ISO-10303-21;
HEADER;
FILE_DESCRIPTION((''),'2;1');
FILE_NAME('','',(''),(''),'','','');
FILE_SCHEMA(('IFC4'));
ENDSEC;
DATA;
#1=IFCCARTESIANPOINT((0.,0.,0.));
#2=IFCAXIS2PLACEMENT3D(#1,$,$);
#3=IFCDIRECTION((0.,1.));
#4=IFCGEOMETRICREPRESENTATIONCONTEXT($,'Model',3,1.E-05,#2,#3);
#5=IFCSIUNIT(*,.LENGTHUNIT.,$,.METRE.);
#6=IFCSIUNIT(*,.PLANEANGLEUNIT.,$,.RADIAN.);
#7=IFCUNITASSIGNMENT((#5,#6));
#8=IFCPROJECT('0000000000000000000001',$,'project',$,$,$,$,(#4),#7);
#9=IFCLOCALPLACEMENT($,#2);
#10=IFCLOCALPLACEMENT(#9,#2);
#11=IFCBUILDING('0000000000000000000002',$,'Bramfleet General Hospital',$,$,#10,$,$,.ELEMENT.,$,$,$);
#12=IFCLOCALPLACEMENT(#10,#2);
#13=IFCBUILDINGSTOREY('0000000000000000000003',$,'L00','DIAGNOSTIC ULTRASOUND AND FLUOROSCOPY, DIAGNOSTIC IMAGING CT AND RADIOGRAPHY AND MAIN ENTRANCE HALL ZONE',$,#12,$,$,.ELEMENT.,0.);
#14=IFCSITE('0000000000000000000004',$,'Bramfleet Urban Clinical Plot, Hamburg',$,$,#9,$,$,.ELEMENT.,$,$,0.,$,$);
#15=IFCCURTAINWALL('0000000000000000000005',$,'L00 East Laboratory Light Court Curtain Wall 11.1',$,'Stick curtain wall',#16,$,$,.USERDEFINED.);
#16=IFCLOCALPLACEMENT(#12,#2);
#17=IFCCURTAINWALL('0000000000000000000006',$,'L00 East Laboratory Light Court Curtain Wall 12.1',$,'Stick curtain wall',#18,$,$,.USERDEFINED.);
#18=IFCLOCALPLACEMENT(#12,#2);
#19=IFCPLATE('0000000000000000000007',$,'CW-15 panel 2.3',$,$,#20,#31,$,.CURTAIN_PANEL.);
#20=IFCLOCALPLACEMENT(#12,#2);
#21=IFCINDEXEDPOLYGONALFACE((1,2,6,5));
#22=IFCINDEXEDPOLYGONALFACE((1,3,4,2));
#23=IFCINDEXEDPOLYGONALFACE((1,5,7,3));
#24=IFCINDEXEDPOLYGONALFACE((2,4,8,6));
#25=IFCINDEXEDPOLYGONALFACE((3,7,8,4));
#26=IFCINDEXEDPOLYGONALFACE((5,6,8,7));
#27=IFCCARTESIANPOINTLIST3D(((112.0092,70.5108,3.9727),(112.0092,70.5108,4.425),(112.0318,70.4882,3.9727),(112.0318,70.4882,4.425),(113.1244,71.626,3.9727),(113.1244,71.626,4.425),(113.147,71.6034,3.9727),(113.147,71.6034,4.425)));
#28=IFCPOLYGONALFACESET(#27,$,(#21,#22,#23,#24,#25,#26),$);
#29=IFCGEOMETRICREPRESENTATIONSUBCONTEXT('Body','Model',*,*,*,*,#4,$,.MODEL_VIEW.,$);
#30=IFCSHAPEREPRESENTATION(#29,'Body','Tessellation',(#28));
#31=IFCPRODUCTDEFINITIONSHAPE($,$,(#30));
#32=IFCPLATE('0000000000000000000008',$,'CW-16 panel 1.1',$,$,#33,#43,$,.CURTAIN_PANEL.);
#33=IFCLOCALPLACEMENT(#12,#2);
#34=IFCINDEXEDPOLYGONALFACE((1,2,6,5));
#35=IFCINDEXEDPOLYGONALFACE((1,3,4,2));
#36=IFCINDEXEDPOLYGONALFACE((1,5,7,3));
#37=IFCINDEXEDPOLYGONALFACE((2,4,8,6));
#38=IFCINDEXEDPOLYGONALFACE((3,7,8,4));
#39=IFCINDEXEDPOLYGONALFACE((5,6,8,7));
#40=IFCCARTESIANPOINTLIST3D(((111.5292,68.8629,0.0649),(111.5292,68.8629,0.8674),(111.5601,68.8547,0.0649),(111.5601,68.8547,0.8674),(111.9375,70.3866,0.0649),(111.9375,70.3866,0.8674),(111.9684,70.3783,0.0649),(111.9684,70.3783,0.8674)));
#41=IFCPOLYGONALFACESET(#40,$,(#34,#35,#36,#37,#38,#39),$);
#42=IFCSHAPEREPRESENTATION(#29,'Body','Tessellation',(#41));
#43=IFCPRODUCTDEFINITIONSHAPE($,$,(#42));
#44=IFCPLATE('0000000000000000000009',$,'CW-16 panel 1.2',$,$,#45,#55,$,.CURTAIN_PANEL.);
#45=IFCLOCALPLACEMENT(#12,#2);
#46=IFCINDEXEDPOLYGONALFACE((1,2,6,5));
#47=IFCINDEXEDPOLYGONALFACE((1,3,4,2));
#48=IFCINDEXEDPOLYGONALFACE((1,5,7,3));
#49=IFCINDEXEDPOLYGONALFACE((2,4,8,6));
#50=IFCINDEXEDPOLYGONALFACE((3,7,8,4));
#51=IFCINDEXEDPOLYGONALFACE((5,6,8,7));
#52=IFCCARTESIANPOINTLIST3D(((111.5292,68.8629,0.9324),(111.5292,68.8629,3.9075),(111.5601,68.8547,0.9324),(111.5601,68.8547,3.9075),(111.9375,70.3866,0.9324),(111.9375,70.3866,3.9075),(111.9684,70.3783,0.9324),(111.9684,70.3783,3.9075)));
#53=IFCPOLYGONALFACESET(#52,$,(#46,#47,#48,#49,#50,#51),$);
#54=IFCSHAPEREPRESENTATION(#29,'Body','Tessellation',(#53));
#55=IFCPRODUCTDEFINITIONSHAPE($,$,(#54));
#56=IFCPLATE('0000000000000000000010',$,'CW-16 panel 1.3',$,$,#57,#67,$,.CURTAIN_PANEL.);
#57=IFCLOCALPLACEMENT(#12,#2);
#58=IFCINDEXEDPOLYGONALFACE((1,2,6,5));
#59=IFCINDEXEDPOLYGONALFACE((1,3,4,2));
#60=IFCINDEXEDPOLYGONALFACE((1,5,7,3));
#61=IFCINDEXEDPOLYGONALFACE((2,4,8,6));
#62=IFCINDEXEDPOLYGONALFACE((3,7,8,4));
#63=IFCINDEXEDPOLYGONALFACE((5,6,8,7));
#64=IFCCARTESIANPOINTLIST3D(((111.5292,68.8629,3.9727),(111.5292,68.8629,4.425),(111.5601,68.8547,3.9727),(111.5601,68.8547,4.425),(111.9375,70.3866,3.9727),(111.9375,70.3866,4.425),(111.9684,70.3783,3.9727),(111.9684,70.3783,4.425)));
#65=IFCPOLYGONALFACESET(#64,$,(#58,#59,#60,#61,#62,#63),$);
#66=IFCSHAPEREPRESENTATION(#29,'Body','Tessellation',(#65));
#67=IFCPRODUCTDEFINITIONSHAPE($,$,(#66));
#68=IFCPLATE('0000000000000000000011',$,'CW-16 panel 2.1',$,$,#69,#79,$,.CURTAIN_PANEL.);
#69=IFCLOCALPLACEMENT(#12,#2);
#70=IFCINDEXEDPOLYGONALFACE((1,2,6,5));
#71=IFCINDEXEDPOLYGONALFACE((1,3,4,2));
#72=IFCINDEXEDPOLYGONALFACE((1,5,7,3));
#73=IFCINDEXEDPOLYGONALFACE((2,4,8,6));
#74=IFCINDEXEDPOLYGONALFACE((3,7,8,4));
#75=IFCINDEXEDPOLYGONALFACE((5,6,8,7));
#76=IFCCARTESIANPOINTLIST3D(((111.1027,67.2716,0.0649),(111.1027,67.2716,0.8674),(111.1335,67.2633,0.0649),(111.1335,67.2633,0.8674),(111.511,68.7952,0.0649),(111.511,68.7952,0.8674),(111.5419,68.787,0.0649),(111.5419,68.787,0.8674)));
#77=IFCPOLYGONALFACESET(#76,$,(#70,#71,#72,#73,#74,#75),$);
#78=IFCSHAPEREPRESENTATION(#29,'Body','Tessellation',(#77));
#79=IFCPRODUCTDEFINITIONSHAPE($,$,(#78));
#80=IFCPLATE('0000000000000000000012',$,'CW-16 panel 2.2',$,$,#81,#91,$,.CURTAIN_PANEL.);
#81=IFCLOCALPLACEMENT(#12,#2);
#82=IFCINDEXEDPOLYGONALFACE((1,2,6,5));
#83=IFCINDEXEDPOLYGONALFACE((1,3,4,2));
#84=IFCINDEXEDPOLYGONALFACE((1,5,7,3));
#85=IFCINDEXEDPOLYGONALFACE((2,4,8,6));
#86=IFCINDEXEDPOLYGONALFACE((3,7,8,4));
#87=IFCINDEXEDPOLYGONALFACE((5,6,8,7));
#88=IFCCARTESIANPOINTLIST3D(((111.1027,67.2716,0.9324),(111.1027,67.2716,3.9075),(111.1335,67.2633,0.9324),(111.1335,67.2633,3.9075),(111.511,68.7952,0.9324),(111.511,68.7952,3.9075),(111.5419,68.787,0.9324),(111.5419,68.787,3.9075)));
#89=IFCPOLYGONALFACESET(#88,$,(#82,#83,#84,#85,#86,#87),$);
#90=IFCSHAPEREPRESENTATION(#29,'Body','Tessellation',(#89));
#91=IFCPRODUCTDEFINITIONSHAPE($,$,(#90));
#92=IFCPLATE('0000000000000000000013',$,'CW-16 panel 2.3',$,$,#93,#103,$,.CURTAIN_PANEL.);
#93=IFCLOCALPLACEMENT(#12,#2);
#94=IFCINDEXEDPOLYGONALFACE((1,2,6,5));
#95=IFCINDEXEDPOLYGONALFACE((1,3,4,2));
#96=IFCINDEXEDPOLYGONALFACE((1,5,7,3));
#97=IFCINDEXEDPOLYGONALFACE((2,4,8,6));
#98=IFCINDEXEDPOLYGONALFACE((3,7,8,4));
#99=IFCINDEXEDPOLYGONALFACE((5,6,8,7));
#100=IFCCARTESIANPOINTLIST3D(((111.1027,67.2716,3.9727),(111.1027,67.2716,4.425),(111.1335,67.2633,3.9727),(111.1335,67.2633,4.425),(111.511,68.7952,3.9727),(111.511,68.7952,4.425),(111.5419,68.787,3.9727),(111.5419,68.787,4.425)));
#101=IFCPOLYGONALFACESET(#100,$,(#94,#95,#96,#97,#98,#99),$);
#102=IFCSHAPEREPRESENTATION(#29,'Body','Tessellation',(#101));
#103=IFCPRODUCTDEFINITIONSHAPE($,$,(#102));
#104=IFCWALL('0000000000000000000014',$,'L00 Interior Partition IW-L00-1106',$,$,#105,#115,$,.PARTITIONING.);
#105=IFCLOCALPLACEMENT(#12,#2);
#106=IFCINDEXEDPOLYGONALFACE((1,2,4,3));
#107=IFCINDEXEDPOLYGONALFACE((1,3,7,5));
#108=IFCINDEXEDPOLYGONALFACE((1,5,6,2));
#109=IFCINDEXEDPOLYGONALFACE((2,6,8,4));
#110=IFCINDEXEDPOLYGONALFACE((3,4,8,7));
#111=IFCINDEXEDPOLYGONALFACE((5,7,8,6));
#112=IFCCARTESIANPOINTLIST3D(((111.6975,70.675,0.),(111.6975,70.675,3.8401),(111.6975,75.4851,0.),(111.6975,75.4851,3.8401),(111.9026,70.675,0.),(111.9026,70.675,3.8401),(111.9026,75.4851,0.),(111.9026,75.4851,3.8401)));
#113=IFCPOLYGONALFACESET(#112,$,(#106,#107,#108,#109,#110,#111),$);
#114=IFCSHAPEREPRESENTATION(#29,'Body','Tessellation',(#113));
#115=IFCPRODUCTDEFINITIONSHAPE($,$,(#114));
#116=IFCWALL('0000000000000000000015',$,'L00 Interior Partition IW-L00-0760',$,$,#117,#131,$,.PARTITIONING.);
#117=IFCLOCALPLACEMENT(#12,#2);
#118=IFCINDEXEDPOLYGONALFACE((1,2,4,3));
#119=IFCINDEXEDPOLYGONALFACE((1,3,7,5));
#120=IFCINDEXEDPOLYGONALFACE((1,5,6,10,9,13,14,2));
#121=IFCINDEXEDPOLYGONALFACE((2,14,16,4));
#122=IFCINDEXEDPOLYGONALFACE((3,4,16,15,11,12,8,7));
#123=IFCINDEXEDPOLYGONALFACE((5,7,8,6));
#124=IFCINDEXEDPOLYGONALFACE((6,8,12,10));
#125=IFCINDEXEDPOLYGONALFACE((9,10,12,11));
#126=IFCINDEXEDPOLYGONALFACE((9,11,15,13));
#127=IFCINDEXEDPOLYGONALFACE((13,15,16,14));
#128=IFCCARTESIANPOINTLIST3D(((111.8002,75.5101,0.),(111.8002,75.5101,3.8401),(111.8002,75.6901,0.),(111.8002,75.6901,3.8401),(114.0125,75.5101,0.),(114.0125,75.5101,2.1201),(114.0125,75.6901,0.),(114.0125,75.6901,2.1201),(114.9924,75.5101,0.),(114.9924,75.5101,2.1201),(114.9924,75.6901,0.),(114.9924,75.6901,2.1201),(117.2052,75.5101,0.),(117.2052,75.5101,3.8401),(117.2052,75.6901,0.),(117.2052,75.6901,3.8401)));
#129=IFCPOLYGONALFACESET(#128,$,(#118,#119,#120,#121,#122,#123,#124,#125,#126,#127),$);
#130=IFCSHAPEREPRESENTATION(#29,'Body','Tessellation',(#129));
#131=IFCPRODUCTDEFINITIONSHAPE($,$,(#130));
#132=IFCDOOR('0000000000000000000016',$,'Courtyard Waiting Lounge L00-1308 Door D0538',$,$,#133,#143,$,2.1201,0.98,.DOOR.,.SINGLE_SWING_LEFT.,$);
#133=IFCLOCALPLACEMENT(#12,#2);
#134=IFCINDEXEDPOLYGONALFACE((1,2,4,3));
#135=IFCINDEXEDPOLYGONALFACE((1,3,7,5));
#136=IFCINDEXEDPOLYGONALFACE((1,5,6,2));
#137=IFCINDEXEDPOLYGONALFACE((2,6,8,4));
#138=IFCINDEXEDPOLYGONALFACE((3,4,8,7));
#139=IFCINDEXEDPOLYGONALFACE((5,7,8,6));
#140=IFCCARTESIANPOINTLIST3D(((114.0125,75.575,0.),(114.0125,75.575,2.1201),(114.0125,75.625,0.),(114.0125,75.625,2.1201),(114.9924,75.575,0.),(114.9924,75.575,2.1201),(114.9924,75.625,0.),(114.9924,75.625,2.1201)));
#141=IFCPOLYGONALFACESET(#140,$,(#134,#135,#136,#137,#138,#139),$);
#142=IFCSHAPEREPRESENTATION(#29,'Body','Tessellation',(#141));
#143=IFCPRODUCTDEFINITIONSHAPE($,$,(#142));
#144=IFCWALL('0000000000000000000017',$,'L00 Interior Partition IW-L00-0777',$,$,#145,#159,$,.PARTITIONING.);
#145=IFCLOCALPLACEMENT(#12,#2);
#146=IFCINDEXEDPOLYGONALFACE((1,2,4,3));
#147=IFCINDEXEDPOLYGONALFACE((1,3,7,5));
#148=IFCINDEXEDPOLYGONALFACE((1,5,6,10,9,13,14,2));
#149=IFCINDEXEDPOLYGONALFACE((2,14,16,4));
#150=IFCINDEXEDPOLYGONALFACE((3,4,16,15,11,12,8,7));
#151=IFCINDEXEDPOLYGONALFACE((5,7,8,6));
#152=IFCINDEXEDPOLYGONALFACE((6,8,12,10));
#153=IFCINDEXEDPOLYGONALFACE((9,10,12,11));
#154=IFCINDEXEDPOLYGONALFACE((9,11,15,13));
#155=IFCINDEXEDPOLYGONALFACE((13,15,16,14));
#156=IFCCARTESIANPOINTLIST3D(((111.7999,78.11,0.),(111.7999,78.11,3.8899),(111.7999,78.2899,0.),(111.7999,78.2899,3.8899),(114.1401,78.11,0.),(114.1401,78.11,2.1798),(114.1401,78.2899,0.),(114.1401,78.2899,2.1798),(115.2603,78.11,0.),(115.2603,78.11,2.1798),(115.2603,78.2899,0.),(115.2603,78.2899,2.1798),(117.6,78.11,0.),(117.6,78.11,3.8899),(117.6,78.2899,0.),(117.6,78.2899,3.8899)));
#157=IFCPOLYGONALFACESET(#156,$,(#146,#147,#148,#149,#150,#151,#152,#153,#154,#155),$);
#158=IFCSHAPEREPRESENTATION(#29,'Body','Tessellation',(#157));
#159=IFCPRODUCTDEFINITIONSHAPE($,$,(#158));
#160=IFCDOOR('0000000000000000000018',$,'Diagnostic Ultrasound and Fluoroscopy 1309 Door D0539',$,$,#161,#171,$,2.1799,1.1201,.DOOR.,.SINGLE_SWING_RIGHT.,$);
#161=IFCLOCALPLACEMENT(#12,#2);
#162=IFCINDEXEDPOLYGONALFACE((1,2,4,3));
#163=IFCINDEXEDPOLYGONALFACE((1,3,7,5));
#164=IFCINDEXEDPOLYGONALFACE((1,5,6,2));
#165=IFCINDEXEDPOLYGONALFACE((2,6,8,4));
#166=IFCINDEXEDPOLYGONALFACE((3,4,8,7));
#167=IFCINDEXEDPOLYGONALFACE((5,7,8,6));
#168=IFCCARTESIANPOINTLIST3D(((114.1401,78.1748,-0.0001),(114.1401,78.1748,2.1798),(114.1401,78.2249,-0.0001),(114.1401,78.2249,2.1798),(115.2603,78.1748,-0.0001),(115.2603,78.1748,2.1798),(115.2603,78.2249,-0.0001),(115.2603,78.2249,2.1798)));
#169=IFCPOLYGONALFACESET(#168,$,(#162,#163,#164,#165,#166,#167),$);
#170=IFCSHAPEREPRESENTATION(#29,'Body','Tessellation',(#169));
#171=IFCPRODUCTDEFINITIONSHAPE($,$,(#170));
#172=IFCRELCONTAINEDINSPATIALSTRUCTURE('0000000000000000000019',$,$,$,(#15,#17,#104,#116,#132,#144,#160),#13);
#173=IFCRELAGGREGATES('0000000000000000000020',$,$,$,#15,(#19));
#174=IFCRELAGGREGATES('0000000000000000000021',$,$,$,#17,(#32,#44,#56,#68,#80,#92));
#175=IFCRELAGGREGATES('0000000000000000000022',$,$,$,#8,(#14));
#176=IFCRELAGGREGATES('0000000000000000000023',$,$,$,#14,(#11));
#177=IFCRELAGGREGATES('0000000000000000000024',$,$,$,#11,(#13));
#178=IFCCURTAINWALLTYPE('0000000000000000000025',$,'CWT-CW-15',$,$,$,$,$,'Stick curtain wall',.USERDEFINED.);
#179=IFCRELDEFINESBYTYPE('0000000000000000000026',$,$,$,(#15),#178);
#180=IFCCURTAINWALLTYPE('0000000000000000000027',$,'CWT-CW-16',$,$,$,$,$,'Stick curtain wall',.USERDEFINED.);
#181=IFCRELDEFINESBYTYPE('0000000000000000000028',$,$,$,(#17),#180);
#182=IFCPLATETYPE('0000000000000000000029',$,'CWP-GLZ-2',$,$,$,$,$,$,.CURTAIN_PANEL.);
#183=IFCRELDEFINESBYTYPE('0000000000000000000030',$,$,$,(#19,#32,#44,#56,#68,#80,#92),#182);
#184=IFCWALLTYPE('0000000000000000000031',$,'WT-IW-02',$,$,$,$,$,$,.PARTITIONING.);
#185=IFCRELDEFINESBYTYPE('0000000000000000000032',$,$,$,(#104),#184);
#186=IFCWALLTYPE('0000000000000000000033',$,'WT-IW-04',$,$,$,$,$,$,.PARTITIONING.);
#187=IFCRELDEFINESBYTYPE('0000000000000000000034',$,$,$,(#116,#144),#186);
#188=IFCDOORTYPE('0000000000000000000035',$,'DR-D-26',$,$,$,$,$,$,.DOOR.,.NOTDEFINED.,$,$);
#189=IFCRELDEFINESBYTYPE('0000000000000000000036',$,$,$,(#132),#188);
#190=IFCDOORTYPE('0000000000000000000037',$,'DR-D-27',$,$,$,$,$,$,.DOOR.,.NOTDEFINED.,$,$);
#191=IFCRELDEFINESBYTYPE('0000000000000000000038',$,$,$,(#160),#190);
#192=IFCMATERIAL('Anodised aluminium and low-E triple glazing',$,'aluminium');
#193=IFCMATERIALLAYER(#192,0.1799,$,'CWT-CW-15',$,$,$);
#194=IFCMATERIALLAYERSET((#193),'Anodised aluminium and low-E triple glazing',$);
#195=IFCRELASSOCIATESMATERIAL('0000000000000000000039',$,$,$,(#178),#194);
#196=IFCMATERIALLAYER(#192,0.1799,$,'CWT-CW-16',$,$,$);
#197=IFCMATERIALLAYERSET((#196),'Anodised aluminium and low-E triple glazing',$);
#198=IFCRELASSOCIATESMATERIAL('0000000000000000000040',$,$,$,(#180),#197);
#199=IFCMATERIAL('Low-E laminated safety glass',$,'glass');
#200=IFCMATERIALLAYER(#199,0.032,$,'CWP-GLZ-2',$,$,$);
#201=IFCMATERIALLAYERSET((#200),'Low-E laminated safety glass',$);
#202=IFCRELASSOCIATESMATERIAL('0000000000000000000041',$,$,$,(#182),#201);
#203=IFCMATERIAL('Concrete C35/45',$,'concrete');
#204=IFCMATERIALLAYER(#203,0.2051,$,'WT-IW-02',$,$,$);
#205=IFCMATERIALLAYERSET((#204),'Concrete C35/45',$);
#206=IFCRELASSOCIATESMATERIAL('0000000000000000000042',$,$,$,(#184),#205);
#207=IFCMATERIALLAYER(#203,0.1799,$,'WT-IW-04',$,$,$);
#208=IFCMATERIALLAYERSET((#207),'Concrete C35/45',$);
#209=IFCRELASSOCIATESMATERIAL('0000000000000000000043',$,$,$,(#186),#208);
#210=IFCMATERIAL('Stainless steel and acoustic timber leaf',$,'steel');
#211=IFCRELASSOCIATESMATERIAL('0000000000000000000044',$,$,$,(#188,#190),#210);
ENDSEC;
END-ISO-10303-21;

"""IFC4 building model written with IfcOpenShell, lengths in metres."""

from ifc_helpers import new_model, si_unit, direction, frame, frame_2d, origin, origin_2d, place, context, subcontext, project, spatial, rectangle, extrude, material, layer, layer_set, type_object, element, fill, aggregate, save


model = new_model("IFC4")

# Units and contexts
model_context = context("Model", 3, precision=1e-05, world=origin(), true_north=direction((0.0, 1.0)))
body_context = subcontext(model_context, "Body", "Model", "MODEL_VIEW")
ifc_project = project(units=[si_unit("LENGTHUNIT", "METRE"), si_unit("PLANEANGLEUNIT", "RADIAN")], contexts=[model_context])

# Site, building, storey
site_placement = place(None, origin())
site = spatial("IfcSite", under=ifc_project, at=site_placement, Name="Bramfleet Urban Clinical Plot, Hamburg", CompositionType="ELEMENT", RefElevation=0.0)
building_placement = place(site_placement, origin())
building = spatial("IfcBuilding", under=site, at=building_placement, Name="Bramfleet General Hospital", CompositionType="ELEMENT")
storey_placement = place(building_placement, origin())
storey = spatial("IfcBuildingStorey", under=building, at=storey_placement, Name="L00", Description="DIAGNOSTIC ULTRASOUND AND FLUOROSCOPY, DIAGNOSTIC IMAGING CT AND RADIOGRAPHY AND MAIN ENTRANCE HALL ZONE", CompositionType="ELEMENT", Elevation=0.0)

# Curtain walls
ifc_material_1 = material(Name="Anodised aluminium and low-E triple glazing", Category="aluminium")
ifc_layer_1 = layer(ifc_material_1, 0.1799, Name="CWT-CW-15")
ifc_layer_set_1 = layer_set([ifc_layer_1], Name="Anodised aluminium and low-E triple glazing")
curtain_wall_type_1 = type_object("IfcCurtainWallType", Name="CWT-CW-15", ElementType="Stick curtain wall", PredefinedType="USERDEFINED", material=ifc_layer_set_1)
curtain_wall_1_placement = place(storey_placement, origin())
curtain_wall_1 = element("IfcCurtainWall", 1, at=curtain_wall_1_placement, inside=storey, type_object=curtain_wall_type_1, Name="L00 East Laboratory Light Court Curtain Wall 11.1", ObjectType="Stick curtain wall", PredefinedType="USERDEFINED")
ifc_layer_2 = layer(ifc_material_1, 0.1799, Name="CWT-CW-16")
ifc_layer_set_2 = layer_set([ifc_layer_2], Name="Anodised aluminium and low-E triple glazing")
curtain_wall_type_2 = type_object("IfcCurtainWallType", Name="CWT-CW-16", ElementType="Stick curtain wall", PredefinedType="USERDEFINED", material=ifc_layer_set_2)
curtain_wall_2_placement = place(storey_placement, origin())
curtain_wall_2 = element("IfcCurtainWall", 2, at=curtain_wall_2_placement, inside=storey, type_object=curtain_wall_type_2, Name="L00 East Laboratory Light Court Curtain Wall 12.1", ObjectType="Stick curtain wall", PredefinedType="USERDEFINED")

# Plates
ifc_material_2 = material(Name="Low-E laminated safety glass", Category="glass")
ifc_layer_3 = layer(ifc_material_2, 0.032, Name="CWP-GLZ-2")
ifc_layer_set_3 = layer_set([ifc_layer_3], Name="Low-E laminated safety glass")
plate_type = type_object("IfcPlateType", Name="CWP-GLZ-2", PredefinedType="CURTAIN_PANEL", material=ifc_layer_set_3)
plate_1_placement = place(storey_placement, frame((112.5781, 71.0571, 3.9727), z_axis=(0.0, 0.0, 1.0), x_axis=(-0.707107, -0.707107, 0.0)))
plate_1 = element("IfcPlate", 3, at=plate_1_placement, type_object=plate_type, Name="CW-15 panel 2.3", PredefinedType="CURTAIN_PANEL", context=body_context, shape_type="SweptSolid", body=[
    extrude(rectangle(XDim=1.5771, YDim=0.032, at=origin_2d()), origin(), (0.0, 0.0, 1.0), 0.4524),
])
aggregate(curtain_wall_1, [plate_1])
plate_2_placement = place(storey_placement, frame((111.7488, 69.6206, 0.0649), z_axis=(0.0, 0.0, 1.0), x_axis=(-0.258865, -0.965914, 0.0)))
plate_2 = element("IfcPlate", 4, at=plate_2_placement, type_object=plate_type, Name="CW-16 panel 1.1", PredefinedType="CURTAIN_PANEL", context=body_context, shape_type="SweptSolid", body=[
    extrude(rectangle(XDim=1.5774, YDim=0.032, at=origin_2d()), origin(), (0.0, 0.0, 1.0), 0.8025),
])
plate_3_placement = place(storey_placement, frame((111.7488, 69.6206, 0.9324), z_axis=(0.0, 0.0, 1.0), x_axis=(-0.258865, -0.965914, 0.0)))
plate_3 = element("IfcPlate", 5, at=plate_3_placement, type_object=plate_type, Name="CW-16 panel 1.2", PredefinedType="CURTAIN_PANEL", context=body_context, shape_type="SweptSolid", body=[
    extrude(rectangle(XDim=1.5774, YDim=0.032, at=origin_2d()), origin(), (0.0, 0.0, 1.0), 2.9751),
])
plate_4_placement = place(storey_placement, frame((111.7488, 69.6206, 3.9727), z_axis=(0.0, 0.0, 1.0), x_axis=(-0.258865, -0.965914, 0.0)))
plate_4 = element("IfcPlate", 6, at=plate_4_placement, type_object=plate_type, Name="CW-16 panel 1.3", PredefinedType="CURTAIN_PANEL", context=body_context, shape_type="SweptSolid", body=[
    extrude(rectangle(XDim=1.5774, YDim=0.032, at=origin_2d()), origin(), (0.0, 0.0, 1.0), 0.4524),
])
plate_5_placement = place(storey_placement, frame((111.3223, 68.0293, 0.0649), z_axis=(0.0, 0.0, 1.0), x_axis=(-0.258865, -0.965914, 0.0)))
plate_5 = element("IfcPlate", 7, at=plate_5_placement, type_object=plate_type, Name="CW-16 panel 2.1", PredefinedType="CURTAIN_PANEL", context=body_context, shape_type="SweptSolid", body=[
    extrude(rectangle(XDim=1.5774, YDim=0.032, at=origin_2d()), origin(), (0.0, 0.0, 1.0), 0.8025),
])
plate_6_placement = place(storey_placement, frame((111.3223, 68.0293, 0.9324), z_axis=(0.0, 0.0, 1.0), x_axis=(-0.258865, -0.965914, 0.0)))
plate_6 = element("IfcPlate", 8, at=plate_6_placement, type_object=plate_type, Name="CW-16 panel 2.2", PredefinedType="CURTAIN_PANEL", context=body_context, shape_type="SweptSolid", body=[
    extrude(rectangle(XDim=1.5774, YDim=0.032, at=origin_2d()), origin(), (0.0, 0.0, 1.0), 2.9751),
])
plate_7_placement = place(storey_placement, frame((111.3223, 68.0293, 3.9727), z_axis=(0.0, 0.0, 1.0), x_axis=(-0.258865, -0.965914, 0.0)))
plate_7 = element("IfcPlate", 9, at=plate_7_placement, type_object=plate_type, Name="CW-16 panel 2.3", PredefinedType="CURTAIN_PANEL", context=body_context, shape_type="SweptSolid", body=[
    extrude(rectangle(XDim=1.5774, YDim=0.032, at=origin_2d()), origin(), (0.0, 0.0, 1.0), 0.4524),
])
aggregate(curtain_wall_2, [plate_2, plate_3, plate_4, plate_5, plate_6, plate_7])

# Wall
ifc_material_3 = material(Name="Concrete C35/45", Category="concrete")
ifc_layer_4 = layer(ifc_material_3, 0.2051, Name="WT-IW-02")
ifc_layer_set_4 = layer_set([ifc_layer_4], Name="Concrete C35/45")
wall_type_1 = type_object("IfcWallType", Name="WT-IW-02", PredefinedType="PARTITIONING", material=ifc_layer_set_4)
wall_1_placement = place(storey_placement, frame((111.8, 70.675, 0.0), z_axis=(0.0, 0.0, 1.0), x_axis=(0.0, 1.0, 0.0)))
element("IfcWall", 10, at=wall_1_placement, inside=storey, type_object=wall_type_1, Name="L00 Interior Partition IW-L00-1106", PredefinedType="PARTITIONING", context=body_context, shape_type="SweptSolid", body=[
    extrude(rectangle(XDim=4.8101, YDim=0.2051, at=frame_2d((2.405, 0.0))), origin(), (0.0, 0.0, 1.0), 3.8401),
])

# Walls, openings, doors
ifc_layer_5 = layer(ifc_material_3, 0.1799, Name="WT-IW-04")
ifc_layer_set_5 = layer_set([ifc_layer_5], Name="Concrete C35/45")
wall_type_2 = type_object("IfcWallType", Name="WT-IW-04", PredefinedType="PARTITIONING", material=ifc_layer_set_5)
wall_2_placement = place(storey_placement, frame((111.8, 75.6001, 0.0), z_axis=(0.0, 0.0, 1.0), x_axis=(1.0, 0.0, 0.0)))
wall_2 = element("IfcWall", 11, at=wall_2_placement, inside=storey, type_object=wall_type_2, Name="L00 Interior Partition IW-L00-0760", PredefinedType="PARTITIONING", context=body_context, shape_type="SweptSolid", body=[
    extrude(rectangle(XDim=5.405, YDim=0.1799, at=frame_2d((2.7026, 0.0))), origin(), (0.0, 0.0, 1.0), 3.8401),
])
opening_1_placement = place(wall_2_placement, frame((2.2124, 0.0, 0.0)))
opening_1 = element("IfcOpeningElement", 12, at=opening_1_placement, cuts=wall_2, PredefinedType="OPENING", context=body_context, shape_type="SweptSolid", body=[
    extrude(rectangle(XDim=0.98, YDim=2.1201, at=frame_2d((0.49, 1.0601))), frame((0.0, 0.0999, 0.0), z_axis=(0.0, -1.0, 0.0), x_axis=(1.0, 0.0, 0.0)), (0.0, 0.0, 1.0), 0.2),
])
ifc_material_4 = material(Name="Stainless steel and acoustic timber leaf", Category="steel")
door_type_1 = type_object("IfcDoorType", Name="DR-D-26", OperationType="NOTDEFINED", PredefinedType="DOOR", material=ifc_material_4)
door_1_placement = place(opening_1_placement, origin())
door_1 = element("IfcDoor", 13, at=door_1_placement, inside=storey, type_object=door_type_1, Name="Courtyard Waiting Lounge L00-1308 Door D0538", OperationType="SINGLE_SWING_LEFT", OverallHeight=2.1201, OverallWidth=0.98, PredefinedType="DOOR", context=body_context, shape_type="SweptSolid", body=[
    extrude(rectangle(XDim=0.98, YDim=2.1201, at=frame_2d((0.49, 1.0601))), frame((0.0, 0.0249, 0.0), z_axis=(0.0, -1.0, 0.0), x_axis=(1.0, 0.0, 0.0)), (0.0, 0.0, 1.0), 0.05),
])
fill(opening_1, door_1)
wall_3_placement = place(storey_placement, frame((111.8, 78.2, 0.0), z_axis=(0.0, 0.0, 1.0), x_axis=(1.0, 0.0, 0.0)))
wall_3 = element("IfcWall", 14, at=wall_3_placement, inside=storey, type_object=wall_type_2, Name="L00 Interior Partition IW-L00-0777", PredefinedType="PARTITIONING", context=body_context, shape_type="SweptSolid", body=[
    extrude(rectangle(XDim=5.8, YDim=0.1799, at=frame_2d((2.8999, 0.0))), origin(), (0.0, 0.0, 1.0), 3.8899),
])
opening_2_placement = place(wall_3_placement, frame((2.3401, 0.0, 0.0)))
opening_2 = element("IfcOpeningElement", 15, at=opening_2_placement, cuts=wall_3, PredefinedType="OPENING", context=body_context, shape_type="SweptSolid", body=[
    extrude(rectangle(XDim=1.1201, YDim=2.1799, at=frame_2d((0.5601, 1.0898))), frame((0.0, 0.0999, 0.0), z_axis=(0.0, -1.0, 0.0), x_axis=(1.0, 0.0, 0.0)), (0.0, 0.0, 1.0), 0.2),
])
door_type_2 = type_object("IfcDoorType", Name="DR-D-27", OperationType="NOTDEFINED", PredefinedType="DOOR", material=ifc_material_4)
door_2_placement = place(opening_2_placement, origin())
door_2 = element("IfcDoor", 16, at=door_2_placement, inside=storey, type_object=door_type_2, Name="Diagnostic Ultrasound and Fluoroscopy 1309 Door D0539", OperationType="SINGLE_SWING_RIGHT", OverallHeight=2.1799, OverallWidth=1.1201, PredefinedType="DOOR", context=body_context, shape_type="SweptSolid", body=[
    extrude(rectangle(XDim=1.1201, YDim=2.1799, at=frame_2d((0.5601, 1.0898))), frame((0.0, 0.0249, 0.0), z_axis=(0.0, -1.0, 0.0), x_axis=(1.0, 0.0, 0.0)), (0.0, 0.0, 1.0), 0.05),
])
fill(opening_2, door_2)

save(model, "model.ifc")
